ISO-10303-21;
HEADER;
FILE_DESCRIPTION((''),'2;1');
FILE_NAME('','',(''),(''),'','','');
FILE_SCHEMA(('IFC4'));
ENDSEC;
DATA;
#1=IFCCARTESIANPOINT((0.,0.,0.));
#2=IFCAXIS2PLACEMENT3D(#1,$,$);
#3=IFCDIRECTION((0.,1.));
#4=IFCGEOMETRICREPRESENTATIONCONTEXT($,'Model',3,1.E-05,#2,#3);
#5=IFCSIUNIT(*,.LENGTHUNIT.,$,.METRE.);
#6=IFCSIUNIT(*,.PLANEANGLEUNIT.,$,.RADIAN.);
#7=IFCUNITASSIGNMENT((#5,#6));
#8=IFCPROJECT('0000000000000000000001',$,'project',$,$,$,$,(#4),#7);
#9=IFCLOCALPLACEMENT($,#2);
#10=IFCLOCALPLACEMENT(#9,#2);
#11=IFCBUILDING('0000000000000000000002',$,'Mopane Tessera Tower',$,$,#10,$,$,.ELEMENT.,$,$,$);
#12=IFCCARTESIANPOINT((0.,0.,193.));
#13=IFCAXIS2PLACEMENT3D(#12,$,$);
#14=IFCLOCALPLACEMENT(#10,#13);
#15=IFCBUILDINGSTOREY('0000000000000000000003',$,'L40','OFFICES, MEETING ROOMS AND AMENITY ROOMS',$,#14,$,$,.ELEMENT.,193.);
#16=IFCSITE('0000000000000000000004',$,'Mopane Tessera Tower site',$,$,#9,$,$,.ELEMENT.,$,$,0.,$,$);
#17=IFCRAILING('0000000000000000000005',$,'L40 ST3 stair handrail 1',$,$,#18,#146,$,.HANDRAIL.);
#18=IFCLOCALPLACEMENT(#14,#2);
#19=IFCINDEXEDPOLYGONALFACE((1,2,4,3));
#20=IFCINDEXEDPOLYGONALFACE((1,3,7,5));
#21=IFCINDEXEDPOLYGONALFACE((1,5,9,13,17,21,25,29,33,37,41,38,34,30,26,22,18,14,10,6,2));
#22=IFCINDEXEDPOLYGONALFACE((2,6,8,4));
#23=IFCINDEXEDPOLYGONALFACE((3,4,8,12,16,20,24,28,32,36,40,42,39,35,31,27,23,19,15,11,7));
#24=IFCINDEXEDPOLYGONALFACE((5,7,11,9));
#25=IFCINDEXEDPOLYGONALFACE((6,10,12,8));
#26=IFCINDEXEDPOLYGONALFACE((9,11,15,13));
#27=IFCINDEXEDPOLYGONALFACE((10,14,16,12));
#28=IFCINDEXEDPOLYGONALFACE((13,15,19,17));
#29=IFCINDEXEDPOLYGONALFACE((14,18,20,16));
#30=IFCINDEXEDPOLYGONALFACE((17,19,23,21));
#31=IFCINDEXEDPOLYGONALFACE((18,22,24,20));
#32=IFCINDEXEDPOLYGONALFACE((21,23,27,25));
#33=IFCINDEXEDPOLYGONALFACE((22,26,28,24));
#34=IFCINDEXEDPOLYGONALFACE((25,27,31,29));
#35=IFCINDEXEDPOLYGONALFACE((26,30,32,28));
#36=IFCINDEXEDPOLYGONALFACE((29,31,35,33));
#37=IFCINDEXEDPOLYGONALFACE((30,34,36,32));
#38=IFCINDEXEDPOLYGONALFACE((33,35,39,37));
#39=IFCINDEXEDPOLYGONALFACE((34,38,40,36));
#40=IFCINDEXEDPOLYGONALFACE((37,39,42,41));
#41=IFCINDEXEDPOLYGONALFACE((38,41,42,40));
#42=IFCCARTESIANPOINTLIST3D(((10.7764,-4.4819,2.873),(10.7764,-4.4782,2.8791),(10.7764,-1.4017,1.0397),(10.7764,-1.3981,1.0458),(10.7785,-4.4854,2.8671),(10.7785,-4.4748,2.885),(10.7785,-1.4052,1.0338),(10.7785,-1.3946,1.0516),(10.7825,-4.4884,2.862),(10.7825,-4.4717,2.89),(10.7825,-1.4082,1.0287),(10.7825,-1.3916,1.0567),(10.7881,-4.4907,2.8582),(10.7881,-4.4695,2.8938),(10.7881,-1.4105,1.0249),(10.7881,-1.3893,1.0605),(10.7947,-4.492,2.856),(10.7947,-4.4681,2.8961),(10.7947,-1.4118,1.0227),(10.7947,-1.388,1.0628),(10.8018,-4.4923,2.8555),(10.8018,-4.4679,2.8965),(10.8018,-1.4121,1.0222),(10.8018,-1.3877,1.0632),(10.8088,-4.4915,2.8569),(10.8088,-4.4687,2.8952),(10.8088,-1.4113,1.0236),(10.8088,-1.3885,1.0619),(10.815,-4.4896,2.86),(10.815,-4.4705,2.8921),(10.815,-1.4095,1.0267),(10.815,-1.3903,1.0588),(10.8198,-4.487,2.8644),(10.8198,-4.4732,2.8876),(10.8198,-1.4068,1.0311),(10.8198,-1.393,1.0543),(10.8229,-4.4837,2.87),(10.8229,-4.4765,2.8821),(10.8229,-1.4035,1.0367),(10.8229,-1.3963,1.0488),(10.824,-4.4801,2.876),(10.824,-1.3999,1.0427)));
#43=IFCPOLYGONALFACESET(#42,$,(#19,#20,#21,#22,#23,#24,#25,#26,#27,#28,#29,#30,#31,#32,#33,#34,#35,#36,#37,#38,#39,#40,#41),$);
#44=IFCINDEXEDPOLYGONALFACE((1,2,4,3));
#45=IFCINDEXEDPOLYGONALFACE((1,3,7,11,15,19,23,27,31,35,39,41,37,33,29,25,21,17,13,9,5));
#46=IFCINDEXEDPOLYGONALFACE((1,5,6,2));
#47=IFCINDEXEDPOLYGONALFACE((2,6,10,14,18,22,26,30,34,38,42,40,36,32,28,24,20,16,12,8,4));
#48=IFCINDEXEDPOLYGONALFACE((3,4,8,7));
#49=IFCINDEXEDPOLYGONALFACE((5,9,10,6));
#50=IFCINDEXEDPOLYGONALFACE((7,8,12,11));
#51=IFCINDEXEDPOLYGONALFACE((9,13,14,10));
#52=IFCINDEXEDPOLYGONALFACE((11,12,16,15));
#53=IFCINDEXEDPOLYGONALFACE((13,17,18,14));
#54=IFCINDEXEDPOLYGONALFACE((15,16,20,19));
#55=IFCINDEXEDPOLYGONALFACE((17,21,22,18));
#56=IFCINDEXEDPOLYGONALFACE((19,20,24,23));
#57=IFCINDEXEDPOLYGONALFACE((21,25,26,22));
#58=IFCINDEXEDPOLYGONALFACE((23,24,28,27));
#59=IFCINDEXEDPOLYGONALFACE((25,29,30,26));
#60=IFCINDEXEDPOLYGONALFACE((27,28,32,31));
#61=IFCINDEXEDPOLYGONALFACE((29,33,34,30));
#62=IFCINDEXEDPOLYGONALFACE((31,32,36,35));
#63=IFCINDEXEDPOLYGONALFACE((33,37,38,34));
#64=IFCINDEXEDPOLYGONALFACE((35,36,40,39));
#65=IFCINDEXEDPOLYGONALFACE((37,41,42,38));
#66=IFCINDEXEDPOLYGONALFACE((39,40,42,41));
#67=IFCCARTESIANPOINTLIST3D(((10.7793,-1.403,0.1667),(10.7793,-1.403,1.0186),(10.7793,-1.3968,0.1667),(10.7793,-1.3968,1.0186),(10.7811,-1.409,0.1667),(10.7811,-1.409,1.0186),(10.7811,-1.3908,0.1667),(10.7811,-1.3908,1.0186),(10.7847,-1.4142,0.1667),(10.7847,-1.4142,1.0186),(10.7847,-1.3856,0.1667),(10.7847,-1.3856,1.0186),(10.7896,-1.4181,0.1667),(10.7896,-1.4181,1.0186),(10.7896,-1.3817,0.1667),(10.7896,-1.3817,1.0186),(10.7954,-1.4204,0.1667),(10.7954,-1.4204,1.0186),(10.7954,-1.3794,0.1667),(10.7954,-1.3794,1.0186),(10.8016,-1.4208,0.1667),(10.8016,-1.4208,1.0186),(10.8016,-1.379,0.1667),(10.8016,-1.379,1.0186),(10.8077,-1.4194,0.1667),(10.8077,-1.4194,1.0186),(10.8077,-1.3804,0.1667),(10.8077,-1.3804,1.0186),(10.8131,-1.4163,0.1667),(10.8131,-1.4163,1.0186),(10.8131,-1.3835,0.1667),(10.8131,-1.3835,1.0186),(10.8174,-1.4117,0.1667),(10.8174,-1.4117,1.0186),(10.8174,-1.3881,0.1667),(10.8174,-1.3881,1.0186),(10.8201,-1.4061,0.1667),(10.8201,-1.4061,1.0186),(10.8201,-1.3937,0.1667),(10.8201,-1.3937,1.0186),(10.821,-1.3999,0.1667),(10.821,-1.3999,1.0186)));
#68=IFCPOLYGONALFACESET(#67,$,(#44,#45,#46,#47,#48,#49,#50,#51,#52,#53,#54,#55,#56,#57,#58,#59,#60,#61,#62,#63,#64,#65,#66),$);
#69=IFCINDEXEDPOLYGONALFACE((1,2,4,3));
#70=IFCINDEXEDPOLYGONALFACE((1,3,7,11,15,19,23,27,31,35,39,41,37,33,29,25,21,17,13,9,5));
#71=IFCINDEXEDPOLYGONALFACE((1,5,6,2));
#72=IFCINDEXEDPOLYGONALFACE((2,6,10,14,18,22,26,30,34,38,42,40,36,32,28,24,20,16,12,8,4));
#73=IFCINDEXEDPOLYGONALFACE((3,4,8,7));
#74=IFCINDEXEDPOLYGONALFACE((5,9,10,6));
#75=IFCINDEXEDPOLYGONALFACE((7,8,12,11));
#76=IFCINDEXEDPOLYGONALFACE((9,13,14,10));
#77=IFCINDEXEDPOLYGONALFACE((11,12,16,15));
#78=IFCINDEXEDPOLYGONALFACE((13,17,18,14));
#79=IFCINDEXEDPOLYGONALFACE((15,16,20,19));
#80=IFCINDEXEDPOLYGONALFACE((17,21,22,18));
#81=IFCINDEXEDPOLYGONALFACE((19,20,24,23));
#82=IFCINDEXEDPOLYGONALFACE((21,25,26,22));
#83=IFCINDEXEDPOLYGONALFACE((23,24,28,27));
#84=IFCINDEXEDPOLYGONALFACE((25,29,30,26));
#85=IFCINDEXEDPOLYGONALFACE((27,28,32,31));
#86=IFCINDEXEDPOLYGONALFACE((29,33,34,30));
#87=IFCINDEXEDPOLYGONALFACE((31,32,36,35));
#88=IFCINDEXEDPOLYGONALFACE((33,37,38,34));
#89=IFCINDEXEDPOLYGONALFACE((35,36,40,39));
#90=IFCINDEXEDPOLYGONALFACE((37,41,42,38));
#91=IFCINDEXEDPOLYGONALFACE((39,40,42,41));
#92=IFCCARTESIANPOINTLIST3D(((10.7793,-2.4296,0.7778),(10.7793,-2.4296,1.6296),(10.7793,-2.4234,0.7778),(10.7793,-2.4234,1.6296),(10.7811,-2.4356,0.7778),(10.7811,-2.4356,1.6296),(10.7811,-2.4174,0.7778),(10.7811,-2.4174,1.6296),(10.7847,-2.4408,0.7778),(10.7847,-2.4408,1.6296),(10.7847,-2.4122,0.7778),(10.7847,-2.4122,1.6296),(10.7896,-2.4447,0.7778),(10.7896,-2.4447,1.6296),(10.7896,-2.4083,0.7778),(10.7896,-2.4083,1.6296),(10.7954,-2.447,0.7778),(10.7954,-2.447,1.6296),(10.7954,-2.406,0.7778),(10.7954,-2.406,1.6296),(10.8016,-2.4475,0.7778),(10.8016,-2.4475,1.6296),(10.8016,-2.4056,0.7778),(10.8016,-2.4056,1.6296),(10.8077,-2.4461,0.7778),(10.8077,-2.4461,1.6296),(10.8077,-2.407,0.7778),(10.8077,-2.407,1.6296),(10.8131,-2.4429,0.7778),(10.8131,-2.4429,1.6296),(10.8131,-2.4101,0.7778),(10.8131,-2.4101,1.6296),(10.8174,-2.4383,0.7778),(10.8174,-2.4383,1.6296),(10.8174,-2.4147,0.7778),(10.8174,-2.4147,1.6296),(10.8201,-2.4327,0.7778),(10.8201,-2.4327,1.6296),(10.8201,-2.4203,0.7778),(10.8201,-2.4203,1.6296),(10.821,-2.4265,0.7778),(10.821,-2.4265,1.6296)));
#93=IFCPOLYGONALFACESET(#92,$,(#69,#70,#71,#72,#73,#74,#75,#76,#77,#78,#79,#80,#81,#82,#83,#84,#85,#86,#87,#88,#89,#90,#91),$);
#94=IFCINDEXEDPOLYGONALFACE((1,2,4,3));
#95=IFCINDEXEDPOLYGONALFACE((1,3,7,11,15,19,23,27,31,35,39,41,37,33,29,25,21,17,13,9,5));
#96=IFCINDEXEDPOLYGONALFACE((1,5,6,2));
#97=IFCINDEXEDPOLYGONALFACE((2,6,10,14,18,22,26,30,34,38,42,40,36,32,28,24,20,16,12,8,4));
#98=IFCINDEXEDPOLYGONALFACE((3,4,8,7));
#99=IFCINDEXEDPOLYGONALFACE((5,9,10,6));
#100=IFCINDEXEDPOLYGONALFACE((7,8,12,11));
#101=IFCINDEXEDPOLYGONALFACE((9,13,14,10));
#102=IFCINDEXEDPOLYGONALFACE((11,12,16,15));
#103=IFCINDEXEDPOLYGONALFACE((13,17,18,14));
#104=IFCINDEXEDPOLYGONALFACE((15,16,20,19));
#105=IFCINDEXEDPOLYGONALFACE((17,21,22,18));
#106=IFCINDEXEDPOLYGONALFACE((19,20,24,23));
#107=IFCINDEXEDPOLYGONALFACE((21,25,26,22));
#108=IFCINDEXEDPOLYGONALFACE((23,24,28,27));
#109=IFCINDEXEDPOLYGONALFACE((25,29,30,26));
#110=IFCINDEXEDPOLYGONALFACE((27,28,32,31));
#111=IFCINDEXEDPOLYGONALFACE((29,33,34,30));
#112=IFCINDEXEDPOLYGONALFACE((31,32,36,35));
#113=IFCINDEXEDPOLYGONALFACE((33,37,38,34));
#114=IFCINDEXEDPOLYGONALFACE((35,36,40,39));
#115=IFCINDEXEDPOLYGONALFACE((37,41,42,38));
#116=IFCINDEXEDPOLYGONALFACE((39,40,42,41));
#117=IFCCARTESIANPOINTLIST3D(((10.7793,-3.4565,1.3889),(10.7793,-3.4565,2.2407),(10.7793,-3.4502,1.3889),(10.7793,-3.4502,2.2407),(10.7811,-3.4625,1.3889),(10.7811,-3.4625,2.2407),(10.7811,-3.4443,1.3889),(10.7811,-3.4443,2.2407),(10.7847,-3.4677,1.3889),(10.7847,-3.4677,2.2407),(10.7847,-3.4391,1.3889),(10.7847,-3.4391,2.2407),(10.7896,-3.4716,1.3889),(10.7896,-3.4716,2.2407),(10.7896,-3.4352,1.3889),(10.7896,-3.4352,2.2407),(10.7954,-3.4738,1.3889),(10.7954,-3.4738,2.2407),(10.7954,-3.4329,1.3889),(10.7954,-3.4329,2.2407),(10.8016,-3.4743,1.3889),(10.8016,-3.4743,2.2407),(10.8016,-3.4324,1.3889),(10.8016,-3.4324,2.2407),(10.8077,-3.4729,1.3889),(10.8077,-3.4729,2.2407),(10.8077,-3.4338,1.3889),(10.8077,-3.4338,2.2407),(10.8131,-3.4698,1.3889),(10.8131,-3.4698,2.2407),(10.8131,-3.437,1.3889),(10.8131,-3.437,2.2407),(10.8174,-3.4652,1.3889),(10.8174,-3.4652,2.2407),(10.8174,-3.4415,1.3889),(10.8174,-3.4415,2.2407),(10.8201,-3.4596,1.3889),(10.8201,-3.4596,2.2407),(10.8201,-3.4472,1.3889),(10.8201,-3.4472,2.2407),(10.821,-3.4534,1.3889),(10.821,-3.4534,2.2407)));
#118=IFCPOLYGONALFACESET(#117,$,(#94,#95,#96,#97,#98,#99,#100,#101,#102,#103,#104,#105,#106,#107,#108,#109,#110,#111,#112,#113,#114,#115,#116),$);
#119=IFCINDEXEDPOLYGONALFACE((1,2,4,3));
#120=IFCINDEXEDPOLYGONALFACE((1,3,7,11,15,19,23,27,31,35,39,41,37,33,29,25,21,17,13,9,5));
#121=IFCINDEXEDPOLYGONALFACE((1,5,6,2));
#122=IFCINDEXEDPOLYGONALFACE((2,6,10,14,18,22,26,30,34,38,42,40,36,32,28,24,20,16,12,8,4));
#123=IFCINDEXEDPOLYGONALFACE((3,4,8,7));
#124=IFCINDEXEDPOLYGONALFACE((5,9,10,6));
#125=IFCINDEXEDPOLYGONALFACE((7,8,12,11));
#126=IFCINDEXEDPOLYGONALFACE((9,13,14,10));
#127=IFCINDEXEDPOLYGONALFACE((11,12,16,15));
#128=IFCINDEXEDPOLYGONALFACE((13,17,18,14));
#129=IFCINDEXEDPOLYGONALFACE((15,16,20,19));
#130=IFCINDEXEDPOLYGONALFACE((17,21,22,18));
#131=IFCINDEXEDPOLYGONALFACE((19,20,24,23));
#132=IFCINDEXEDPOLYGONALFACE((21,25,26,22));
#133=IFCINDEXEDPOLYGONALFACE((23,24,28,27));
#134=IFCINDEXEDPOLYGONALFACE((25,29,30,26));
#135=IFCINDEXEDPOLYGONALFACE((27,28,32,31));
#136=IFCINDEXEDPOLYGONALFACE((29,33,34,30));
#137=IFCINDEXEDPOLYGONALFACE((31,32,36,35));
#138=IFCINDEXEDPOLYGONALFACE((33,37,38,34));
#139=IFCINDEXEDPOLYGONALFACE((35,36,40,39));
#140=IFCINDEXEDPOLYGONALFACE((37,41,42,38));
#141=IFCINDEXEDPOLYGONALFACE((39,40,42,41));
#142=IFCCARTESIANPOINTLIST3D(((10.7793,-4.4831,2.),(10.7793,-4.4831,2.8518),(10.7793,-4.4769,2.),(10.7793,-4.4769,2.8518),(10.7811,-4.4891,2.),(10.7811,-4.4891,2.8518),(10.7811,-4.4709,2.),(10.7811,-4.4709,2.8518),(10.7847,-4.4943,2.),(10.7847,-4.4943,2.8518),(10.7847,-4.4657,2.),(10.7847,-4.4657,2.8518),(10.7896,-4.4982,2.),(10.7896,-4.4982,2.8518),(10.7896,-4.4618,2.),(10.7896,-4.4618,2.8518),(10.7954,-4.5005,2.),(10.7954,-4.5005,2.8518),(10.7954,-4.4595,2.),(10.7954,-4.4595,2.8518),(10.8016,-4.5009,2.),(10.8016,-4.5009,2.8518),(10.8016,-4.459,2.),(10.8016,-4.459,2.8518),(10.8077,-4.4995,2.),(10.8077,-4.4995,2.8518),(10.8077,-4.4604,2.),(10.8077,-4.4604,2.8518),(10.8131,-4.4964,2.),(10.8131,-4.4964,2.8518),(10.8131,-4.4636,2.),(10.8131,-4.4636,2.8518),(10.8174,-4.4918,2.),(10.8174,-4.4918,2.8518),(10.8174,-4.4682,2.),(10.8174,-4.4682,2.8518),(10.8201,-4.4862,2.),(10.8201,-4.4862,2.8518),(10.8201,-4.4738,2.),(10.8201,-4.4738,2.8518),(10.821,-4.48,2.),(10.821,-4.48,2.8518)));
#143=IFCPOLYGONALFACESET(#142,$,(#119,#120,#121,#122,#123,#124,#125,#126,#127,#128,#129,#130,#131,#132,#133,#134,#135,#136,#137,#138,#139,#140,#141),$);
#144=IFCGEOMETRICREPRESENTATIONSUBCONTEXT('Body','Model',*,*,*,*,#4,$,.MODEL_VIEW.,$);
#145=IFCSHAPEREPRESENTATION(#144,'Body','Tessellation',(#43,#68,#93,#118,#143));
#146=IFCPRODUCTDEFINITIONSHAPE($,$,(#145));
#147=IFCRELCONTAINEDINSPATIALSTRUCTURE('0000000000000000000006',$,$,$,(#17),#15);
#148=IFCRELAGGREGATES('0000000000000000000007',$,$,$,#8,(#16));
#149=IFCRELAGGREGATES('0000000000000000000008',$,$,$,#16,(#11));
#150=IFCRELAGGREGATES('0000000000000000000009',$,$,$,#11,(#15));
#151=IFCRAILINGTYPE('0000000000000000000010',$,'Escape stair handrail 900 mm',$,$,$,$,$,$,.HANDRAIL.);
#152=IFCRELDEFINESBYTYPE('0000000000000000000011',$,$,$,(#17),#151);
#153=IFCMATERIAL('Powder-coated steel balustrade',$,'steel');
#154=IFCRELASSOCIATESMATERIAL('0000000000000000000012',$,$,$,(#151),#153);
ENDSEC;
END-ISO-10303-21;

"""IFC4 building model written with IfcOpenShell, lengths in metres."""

from ifc_helpers import new_model, si_unit, direction, frame, origin, origin_2d, place, context, subcontext, project, spatial, circle, extrude, material, type_object, element, save


model = new_model("IFC4")

# Units and contexts
model_context = context("Model", 3, precision=1e-05, world=origin(), true_north=direction((0.0, 1.0)))
body_context = subcontext(model_context, "Body", "Model", "MODEL_VIEW")
ifc_project = project(units=[si_unit("LENGTHUNIT", "METRE"), si_unit("PLANEANGLEUNIT", "RADIAN")], contexts=[model_context])

# Site, building, storey
site_placement = place(None, origin())
site = spatial("IfcSite", under=ifc_project, at=site_placement, Name="Mopane Tessera Tower site", CompositionType="ELEMENT", RefElevation=0.0)
building_placement = place(site_placement, origin())
building = spatial("IfcBuilding", under=site, at=building_placement, Name="Mopane Tessera Tower", CompositionType="ELEMENT")
storey_placement = place(building_placement, frame((0.0, 0.0, 193.0)))
storey = spatial("IfcBuildingStorey", under=building, at=storey_placement, Name="L40", Description="OFFICES, MEETING ROOMS AND AMENITY ROOMS", CompositionType="ELEMENT", Elevation=193.0)

# Railing
ifc_material_1 = material(Name="Powder-coated steel balustrade", Category="steel")
railing_type_1 = type_object("IfcRailingType", Name="Escape stair handrail 900 mm", PredefinedType="HANDRAIL", material=ifc_material_1)
railing_1_placement = place(storey_placement, frame((10.8, -1.3999, 0.1667)))
element("IfcRailing", 1, at=railing_1_placement, inside=storey, type_object=railing_type_1, Name="L40 ST3 stair handrail 1", PredefinedType="HANDRAIL", context=body_context, shape_type="SweptSolid", body=[
    extrude(circle(Radius=0.0239, at=origin_2d()), frame((0.0, 0.0, 0.876), z_axis=(0.0, -0.859309, 0.511458), x_axis=(1.0, 0.0, 0.0)), (0.0, 0.0, 1.0), 3.5845),
    extrude(circle(Radius=0.021, at=origin_2d()), origin(), (0.0, 0.0, 1.0), 0.8518),
    extrude(circle(Radius=0.021, at=origin_2d()), frame((0.0, -1.0266, 0.6111)), (0.0, 0.0, 1.0), 0.8518),
    extrude(circle(Radius=0.021, at=origin_2d()), frame((0.0, -2.0535, 1.2222)), (0.0, 0.0, 1.0), 0.8518),
    extrude(circle(Radius=0.021, at=origin_2d()), frame((0.0, -3.0801, 1.8333)), (0.0, 0.0, 1.0), 0.8518),
])

save(model, "model.ifc")
